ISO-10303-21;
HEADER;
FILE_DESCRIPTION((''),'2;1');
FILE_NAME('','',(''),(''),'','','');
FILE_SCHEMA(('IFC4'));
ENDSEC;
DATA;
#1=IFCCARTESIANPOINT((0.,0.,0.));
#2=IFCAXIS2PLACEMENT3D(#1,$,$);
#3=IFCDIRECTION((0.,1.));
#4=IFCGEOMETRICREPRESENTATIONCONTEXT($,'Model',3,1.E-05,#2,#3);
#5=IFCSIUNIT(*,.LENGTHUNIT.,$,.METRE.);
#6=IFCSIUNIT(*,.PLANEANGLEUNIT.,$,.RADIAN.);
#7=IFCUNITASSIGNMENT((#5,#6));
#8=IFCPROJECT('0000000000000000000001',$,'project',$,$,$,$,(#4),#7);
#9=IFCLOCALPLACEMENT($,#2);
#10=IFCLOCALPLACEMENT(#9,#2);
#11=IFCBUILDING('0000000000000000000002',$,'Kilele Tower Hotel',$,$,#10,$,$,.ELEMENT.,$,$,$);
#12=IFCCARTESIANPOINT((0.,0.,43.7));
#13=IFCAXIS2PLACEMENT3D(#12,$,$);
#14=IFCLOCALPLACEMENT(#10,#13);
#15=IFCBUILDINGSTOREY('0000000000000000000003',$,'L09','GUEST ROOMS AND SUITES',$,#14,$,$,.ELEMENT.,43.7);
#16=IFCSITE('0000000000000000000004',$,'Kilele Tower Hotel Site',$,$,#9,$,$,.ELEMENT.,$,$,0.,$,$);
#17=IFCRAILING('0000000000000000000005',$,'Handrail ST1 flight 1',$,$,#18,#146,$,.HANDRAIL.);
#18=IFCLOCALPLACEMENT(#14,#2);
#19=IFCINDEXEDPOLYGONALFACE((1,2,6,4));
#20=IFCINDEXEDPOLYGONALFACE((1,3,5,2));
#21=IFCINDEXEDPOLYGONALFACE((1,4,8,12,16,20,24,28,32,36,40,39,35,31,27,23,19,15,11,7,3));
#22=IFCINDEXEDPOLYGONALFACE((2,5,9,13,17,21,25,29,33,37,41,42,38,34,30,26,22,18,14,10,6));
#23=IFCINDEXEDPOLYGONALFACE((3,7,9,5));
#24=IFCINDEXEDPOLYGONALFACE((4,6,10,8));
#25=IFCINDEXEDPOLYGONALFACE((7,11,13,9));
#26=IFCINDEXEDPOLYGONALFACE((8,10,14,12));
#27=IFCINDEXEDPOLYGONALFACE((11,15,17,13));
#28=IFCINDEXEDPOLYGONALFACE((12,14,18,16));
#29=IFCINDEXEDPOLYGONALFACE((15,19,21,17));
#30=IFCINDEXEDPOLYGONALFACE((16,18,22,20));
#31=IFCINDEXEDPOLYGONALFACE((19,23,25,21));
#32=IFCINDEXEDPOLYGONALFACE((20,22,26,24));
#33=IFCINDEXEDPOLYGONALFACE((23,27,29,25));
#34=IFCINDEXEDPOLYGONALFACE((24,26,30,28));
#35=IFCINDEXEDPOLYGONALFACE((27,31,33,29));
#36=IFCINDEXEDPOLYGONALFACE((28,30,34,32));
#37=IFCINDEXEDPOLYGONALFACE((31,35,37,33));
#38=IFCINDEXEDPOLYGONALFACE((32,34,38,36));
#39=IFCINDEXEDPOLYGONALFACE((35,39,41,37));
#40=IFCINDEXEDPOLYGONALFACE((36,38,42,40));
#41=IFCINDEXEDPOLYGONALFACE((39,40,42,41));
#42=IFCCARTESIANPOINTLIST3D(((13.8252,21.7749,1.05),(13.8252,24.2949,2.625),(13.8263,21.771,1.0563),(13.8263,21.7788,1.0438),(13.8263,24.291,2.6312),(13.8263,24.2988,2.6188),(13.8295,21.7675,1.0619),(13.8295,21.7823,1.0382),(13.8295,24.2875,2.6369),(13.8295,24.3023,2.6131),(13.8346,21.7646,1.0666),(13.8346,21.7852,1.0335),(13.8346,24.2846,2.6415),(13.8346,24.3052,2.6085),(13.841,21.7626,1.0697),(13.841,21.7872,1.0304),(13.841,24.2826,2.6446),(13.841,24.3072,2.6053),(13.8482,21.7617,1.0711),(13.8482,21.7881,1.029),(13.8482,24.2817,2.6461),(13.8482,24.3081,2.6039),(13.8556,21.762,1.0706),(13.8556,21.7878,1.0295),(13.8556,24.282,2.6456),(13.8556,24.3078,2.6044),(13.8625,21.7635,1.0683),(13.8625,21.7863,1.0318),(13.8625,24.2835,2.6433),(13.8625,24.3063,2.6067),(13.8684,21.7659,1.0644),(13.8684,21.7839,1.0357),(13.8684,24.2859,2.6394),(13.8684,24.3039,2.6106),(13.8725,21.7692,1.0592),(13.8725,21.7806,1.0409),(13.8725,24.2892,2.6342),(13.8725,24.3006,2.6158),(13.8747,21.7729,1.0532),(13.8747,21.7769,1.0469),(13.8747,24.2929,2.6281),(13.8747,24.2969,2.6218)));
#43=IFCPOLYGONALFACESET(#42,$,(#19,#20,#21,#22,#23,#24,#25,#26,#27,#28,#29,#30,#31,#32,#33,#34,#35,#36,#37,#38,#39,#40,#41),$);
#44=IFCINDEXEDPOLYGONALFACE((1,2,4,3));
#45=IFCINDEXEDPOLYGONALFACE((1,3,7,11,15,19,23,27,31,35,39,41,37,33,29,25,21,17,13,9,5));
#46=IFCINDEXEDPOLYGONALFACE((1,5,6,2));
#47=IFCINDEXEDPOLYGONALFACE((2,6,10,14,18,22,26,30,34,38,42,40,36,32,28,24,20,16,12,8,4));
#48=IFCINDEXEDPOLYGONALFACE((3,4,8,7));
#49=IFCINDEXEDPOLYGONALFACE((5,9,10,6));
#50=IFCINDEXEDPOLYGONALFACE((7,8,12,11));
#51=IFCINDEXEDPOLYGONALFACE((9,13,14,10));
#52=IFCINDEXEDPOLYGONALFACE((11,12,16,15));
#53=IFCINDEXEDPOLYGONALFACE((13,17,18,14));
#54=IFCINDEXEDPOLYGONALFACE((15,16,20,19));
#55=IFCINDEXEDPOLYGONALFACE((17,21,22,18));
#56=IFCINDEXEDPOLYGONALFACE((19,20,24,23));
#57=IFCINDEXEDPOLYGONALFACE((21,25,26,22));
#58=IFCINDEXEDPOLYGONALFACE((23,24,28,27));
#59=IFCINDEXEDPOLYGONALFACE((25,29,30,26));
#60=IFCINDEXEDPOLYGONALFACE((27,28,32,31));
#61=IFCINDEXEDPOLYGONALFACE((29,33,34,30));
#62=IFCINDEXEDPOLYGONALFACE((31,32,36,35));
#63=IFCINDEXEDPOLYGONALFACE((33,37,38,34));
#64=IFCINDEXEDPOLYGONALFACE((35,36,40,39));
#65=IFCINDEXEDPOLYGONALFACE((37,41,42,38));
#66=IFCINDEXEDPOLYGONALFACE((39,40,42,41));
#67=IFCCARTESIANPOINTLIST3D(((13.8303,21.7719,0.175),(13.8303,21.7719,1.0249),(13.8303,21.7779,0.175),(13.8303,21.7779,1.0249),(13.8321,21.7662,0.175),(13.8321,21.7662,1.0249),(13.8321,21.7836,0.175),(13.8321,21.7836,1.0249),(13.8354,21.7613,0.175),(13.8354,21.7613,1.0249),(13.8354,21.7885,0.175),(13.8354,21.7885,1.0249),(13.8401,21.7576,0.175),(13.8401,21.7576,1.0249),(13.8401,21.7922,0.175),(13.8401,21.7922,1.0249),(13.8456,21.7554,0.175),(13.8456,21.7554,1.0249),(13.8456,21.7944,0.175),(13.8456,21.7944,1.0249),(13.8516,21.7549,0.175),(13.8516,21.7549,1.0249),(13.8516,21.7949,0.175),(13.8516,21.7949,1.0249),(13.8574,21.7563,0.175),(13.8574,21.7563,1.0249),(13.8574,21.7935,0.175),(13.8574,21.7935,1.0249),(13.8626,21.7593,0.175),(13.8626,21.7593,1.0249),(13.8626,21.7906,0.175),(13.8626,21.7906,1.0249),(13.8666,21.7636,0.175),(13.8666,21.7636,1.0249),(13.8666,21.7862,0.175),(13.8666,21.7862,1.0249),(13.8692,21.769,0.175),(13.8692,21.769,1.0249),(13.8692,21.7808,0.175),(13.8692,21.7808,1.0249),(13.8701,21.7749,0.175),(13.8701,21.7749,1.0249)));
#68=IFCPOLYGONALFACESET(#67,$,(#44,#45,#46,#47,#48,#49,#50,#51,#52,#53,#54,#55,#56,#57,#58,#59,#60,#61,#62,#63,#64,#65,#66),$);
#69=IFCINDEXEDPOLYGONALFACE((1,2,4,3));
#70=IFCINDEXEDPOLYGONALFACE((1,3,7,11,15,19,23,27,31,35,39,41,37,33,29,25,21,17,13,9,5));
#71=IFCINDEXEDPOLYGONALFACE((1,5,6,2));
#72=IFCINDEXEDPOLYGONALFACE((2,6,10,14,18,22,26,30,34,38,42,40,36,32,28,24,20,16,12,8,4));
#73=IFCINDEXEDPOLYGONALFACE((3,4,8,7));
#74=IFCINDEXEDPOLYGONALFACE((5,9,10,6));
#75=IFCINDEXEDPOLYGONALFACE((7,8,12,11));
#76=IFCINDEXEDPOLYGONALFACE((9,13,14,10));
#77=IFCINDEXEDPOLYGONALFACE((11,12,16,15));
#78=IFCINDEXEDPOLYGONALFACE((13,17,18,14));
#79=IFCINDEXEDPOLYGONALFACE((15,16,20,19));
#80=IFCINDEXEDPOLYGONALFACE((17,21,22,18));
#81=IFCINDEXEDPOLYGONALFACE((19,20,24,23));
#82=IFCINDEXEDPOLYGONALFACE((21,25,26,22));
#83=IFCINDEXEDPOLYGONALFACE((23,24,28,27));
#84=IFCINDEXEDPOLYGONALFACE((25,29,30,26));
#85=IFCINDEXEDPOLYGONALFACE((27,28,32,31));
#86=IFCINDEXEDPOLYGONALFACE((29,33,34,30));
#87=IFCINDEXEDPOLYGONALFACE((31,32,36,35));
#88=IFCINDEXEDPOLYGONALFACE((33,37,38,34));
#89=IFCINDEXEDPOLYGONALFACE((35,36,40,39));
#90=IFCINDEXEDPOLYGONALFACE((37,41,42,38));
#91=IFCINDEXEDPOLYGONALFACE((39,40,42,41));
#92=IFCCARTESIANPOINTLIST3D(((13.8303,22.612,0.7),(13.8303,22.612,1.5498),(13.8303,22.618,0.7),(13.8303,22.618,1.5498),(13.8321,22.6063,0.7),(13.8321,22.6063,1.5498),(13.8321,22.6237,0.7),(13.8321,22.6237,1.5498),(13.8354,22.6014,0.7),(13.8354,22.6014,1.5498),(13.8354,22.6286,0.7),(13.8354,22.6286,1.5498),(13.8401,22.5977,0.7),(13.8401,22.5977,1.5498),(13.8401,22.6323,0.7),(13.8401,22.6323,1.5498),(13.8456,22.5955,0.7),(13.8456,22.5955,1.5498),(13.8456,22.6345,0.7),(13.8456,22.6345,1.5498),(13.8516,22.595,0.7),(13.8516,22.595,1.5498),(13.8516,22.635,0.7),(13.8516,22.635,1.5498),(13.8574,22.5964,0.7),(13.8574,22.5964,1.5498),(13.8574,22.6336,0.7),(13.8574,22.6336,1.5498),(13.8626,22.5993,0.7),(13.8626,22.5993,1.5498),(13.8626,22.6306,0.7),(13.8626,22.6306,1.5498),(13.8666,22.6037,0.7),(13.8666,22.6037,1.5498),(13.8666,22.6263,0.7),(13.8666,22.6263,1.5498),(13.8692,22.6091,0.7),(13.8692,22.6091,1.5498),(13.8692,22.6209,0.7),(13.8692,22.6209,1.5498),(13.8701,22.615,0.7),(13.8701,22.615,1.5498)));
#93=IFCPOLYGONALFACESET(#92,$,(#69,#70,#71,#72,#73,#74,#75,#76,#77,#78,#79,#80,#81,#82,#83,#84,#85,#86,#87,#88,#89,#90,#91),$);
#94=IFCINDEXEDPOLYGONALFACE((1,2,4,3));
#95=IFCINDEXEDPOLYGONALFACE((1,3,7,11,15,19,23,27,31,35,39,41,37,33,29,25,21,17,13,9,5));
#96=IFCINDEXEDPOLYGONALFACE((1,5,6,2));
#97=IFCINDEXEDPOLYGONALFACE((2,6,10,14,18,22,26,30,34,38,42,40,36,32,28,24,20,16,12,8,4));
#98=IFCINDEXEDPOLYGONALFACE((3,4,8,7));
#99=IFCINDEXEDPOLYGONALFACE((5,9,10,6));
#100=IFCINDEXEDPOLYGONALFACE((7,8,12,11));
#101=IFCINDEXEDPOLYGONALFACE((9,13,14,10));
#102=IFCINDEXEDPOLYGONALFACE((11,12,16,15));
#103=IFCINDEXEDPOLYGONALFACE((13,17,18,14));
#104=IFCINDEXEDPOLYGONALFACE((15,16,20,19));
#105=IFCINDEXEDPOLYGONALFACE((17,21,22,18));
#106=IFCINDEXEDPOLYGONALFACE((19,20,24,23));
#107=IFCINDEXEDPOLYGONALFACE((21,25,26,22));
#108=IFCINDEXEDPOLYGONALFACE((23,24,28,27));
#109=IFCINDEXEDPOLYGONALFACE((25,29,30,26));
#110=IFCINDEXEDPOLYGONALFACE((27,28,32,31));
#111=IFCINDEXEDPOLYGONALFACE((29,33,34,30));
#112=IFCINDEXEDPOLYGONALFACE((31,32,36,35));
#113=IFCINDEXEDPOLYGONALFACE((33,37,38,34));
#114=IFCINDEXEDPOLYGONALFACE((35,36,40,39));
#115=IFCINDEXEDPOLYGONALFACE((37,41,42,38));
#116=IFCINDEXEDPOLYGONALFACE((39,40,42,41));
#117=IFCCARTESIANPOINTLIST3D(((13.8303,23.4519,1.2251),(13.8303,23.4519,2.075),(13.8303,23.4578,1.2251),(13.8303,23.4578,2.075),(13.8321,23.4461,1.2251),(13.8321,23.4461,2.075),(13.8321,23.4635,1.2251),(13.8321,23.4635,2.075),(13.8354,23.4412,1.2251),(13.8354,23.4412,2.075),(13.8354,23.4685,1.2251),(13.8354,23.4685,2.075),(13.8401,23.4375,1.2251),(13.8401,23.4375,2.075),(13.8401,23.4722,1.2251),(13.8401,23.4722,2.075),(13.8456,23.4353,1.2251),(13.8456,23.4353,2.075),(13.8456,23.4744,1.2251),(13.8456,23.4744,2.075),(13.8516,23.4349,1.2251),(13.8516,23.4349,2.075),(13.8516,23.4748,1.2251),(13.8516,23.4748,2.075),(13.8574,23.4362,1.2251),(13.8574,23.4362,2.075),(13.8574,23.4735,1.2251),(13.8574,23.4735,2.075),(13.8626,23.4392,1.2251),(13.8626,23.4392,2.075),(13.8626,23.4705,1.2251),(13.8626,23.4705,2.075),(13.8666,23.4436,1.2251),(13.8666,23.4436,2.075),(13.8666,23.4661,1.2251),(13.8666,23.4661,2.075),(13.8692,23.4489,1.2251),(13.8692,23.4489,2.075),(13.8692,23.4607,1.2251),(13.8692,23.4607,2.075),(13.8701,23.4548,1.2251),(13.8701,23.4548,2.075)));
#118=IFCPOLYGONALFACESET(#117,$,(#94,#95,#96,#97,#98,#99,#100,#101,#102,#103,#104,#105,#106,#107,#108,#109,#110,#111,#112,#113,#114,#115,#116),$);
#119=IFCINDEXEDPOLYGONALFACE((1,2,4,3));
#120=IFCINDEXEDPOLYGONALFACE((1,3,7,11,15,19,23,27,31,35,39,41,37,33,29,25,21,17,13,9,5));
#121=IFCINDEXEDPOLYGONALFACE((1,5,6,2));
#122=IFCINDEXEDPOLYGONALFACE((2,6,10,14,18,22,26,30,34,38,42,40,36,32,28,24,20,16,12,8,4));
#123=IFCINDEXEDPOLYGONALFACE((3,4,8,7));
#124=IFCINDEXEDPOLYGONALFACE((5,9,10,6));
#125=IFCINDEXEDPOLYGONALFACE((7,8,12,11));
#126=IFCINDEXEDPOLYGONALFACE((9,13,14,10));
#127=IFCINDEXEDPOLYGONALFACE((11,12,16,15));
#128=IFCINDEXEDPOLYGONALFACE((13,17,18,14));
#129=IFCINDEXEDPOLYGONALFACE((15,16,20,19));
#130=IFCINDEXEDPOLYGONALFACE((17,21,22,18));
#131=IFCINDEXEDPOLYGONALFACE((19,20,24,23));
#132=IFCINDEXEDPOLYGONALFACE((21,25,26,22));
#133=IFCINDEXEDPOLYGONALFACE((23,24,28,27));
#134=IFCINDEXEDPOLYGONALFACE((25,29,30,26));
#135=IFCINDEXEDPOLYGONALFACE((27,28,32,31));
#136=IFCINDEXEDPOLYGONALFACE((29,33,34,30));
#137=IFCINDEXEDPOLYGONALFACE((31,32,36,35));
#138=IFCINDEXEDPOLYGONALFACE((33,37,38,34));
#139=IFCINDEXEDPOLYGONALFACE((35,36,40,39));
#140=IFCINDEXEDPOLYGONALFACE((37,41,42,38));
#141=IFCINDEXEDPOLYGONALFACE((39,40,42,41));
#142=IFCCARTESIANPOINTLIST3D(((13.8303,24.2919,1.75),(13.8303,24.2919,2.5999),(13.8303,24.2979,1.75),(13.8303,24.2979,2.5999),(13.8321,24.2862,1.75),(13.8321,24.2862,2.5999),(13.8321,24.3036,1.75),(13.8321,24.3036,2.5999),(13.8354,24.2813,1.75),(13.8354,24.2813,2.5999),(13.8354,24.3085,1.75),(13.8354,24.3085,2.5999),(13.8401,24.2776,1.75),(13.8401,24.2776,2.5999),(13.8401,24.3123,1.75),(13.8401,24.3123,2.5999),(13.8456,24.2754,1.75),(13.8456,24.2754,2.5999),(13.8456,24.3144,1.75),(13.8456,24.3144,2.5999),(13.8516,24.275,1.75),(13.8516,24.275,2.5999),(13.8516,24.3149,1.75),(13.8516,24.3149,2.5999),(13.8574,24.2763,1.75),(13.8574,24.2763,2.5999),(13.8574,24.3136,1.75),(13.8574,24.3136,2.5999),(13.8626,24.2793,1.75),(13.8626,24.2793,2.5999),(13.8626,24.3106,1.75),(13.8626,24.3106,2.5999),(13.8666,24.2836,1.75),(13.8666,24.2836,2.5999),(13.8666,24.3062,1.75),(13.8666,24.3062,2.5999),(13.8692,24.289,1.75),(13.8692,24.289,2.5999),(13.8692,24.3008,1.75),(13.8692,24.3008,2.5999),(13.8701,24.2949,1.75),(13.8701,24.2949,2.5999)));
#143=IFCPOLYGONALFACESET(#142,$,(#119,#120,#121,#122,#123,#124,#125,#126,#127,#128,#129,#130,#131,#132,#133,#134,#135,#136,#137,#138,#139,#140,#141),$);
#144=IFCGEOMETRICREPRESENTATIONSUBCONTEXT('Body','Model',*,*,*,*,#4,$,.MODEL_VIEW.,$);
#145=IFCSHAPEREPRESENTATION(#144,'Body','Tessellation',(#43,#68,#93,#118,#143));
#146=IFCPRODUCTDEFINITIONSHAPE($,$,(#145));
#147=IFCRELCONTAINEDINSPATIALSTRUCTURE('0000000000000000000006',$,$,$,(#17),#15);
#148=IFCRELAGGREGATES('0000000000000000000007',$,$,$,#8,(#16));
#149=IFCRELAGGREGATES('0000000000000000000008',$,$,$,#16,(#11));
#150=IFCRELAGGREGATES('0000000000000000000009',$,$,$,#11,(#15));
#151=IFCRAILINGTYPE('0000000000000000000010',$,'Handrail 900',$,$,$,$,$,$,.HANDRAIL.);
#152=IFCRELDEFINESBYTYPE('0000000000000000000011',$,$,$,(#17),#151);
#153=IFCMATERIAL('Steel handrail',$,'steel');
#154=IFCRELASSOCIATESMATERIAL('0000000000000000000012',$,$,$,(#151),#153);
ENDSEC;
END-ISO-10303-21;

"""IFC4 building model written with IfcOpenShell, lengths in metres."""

from ifc_helpers import new_model, si_unit, direction, frame, origin, origin_2d, place, context, subcontext, project, spatial, circle, extrude, material, type_object, element, save


model = new_model("IFC4")

# Units and contexts
model_context = context("Model", 3, precision=1e-05, world=origin(), true_north=direction((0.0, 1.0)))
body_context = subcontext(model_context, "Body", "Model", "MODEL_VIEW")
ifc_project = project(units=[si_unit("LENGTHUNIT", "METRE"), si_unit("PLANEANGLEUNIT", "RADIAN")], contexts=[model_context])

# Site, building, storey
site_placement = place(None, origin())
site = spatial("IfcSite", under=ifc_project, at=site_placement, Name="Kilele Tower Hotel Site", CompositionType="ELEMENT", RefElevation=0.0)
building_placement = place(site_placement, origin())
building = spatial("IfcBuilding", under=site, at=building_placement, Name="Kilele Tower Hotel", CompositionType="ELEMENT")
storey_placement = place(building_placement, frame((0.0, 0.0, 43.7)))
storey = spatial("IfcBuildingStorey", under=building, at=storey_placement, Name="L09", Description="GUEST ROOMS AND SUITES", CompositionType="ELEMENT", Elevation=43.7)

# Railing
ifc_material_1 = material(Name="Steel handrail", Category="steel")
railing_type_1 = type_object("IfcRailingType", Name="Handrail 900", PredefinedType="HANDRAIL", material=ifc_material_1)
for number, where, name in (
    (1, (13.8501, 21.7749, 0.175), "Handrail ST1 flight 1"),
):
    element("IfcRailing", number, at=place(storey_placement, frame(where)), inside=storey, type_object=railing_type_1, Name=name, PredefinedType="HANDRAIL", context=body_context, shape_type="SweptSolid", body=[
        extrude(circle(Radius=0.0249, at=origin_2d()), frame((0.0, 0.0, 0.875), z_axis=(0.0, 0.848008, 0.529984), x_axis=(-1.0, 0.0, 0.0)), (0.0, 0.0, 1.0), 2.9717),
        extrude(circle(Radius=0.02, at=origin_2d()), origin(), (0.0, 0.0, 1.0), 0.8499),
        extrude(circle(Radius=0.02, at=origin_2d()), frame((0.0, 0.8401, 0.5249)), (0.0, 0.0, 1.0), 0.8499),
        extrude(circle(Radius=0.02, at=origin_2d()), frame((0.0, 1.6799, 1.05)), (0.0, 0.0, 1.0), 0.8499),
        extrude(circle(Radius=0.02, at=origin_2d()), frame((0.0, 2.52, 1.575)), (0.0, 0.0, 1.0), 0.8499),
    ])

save(model, "model.ifc")
